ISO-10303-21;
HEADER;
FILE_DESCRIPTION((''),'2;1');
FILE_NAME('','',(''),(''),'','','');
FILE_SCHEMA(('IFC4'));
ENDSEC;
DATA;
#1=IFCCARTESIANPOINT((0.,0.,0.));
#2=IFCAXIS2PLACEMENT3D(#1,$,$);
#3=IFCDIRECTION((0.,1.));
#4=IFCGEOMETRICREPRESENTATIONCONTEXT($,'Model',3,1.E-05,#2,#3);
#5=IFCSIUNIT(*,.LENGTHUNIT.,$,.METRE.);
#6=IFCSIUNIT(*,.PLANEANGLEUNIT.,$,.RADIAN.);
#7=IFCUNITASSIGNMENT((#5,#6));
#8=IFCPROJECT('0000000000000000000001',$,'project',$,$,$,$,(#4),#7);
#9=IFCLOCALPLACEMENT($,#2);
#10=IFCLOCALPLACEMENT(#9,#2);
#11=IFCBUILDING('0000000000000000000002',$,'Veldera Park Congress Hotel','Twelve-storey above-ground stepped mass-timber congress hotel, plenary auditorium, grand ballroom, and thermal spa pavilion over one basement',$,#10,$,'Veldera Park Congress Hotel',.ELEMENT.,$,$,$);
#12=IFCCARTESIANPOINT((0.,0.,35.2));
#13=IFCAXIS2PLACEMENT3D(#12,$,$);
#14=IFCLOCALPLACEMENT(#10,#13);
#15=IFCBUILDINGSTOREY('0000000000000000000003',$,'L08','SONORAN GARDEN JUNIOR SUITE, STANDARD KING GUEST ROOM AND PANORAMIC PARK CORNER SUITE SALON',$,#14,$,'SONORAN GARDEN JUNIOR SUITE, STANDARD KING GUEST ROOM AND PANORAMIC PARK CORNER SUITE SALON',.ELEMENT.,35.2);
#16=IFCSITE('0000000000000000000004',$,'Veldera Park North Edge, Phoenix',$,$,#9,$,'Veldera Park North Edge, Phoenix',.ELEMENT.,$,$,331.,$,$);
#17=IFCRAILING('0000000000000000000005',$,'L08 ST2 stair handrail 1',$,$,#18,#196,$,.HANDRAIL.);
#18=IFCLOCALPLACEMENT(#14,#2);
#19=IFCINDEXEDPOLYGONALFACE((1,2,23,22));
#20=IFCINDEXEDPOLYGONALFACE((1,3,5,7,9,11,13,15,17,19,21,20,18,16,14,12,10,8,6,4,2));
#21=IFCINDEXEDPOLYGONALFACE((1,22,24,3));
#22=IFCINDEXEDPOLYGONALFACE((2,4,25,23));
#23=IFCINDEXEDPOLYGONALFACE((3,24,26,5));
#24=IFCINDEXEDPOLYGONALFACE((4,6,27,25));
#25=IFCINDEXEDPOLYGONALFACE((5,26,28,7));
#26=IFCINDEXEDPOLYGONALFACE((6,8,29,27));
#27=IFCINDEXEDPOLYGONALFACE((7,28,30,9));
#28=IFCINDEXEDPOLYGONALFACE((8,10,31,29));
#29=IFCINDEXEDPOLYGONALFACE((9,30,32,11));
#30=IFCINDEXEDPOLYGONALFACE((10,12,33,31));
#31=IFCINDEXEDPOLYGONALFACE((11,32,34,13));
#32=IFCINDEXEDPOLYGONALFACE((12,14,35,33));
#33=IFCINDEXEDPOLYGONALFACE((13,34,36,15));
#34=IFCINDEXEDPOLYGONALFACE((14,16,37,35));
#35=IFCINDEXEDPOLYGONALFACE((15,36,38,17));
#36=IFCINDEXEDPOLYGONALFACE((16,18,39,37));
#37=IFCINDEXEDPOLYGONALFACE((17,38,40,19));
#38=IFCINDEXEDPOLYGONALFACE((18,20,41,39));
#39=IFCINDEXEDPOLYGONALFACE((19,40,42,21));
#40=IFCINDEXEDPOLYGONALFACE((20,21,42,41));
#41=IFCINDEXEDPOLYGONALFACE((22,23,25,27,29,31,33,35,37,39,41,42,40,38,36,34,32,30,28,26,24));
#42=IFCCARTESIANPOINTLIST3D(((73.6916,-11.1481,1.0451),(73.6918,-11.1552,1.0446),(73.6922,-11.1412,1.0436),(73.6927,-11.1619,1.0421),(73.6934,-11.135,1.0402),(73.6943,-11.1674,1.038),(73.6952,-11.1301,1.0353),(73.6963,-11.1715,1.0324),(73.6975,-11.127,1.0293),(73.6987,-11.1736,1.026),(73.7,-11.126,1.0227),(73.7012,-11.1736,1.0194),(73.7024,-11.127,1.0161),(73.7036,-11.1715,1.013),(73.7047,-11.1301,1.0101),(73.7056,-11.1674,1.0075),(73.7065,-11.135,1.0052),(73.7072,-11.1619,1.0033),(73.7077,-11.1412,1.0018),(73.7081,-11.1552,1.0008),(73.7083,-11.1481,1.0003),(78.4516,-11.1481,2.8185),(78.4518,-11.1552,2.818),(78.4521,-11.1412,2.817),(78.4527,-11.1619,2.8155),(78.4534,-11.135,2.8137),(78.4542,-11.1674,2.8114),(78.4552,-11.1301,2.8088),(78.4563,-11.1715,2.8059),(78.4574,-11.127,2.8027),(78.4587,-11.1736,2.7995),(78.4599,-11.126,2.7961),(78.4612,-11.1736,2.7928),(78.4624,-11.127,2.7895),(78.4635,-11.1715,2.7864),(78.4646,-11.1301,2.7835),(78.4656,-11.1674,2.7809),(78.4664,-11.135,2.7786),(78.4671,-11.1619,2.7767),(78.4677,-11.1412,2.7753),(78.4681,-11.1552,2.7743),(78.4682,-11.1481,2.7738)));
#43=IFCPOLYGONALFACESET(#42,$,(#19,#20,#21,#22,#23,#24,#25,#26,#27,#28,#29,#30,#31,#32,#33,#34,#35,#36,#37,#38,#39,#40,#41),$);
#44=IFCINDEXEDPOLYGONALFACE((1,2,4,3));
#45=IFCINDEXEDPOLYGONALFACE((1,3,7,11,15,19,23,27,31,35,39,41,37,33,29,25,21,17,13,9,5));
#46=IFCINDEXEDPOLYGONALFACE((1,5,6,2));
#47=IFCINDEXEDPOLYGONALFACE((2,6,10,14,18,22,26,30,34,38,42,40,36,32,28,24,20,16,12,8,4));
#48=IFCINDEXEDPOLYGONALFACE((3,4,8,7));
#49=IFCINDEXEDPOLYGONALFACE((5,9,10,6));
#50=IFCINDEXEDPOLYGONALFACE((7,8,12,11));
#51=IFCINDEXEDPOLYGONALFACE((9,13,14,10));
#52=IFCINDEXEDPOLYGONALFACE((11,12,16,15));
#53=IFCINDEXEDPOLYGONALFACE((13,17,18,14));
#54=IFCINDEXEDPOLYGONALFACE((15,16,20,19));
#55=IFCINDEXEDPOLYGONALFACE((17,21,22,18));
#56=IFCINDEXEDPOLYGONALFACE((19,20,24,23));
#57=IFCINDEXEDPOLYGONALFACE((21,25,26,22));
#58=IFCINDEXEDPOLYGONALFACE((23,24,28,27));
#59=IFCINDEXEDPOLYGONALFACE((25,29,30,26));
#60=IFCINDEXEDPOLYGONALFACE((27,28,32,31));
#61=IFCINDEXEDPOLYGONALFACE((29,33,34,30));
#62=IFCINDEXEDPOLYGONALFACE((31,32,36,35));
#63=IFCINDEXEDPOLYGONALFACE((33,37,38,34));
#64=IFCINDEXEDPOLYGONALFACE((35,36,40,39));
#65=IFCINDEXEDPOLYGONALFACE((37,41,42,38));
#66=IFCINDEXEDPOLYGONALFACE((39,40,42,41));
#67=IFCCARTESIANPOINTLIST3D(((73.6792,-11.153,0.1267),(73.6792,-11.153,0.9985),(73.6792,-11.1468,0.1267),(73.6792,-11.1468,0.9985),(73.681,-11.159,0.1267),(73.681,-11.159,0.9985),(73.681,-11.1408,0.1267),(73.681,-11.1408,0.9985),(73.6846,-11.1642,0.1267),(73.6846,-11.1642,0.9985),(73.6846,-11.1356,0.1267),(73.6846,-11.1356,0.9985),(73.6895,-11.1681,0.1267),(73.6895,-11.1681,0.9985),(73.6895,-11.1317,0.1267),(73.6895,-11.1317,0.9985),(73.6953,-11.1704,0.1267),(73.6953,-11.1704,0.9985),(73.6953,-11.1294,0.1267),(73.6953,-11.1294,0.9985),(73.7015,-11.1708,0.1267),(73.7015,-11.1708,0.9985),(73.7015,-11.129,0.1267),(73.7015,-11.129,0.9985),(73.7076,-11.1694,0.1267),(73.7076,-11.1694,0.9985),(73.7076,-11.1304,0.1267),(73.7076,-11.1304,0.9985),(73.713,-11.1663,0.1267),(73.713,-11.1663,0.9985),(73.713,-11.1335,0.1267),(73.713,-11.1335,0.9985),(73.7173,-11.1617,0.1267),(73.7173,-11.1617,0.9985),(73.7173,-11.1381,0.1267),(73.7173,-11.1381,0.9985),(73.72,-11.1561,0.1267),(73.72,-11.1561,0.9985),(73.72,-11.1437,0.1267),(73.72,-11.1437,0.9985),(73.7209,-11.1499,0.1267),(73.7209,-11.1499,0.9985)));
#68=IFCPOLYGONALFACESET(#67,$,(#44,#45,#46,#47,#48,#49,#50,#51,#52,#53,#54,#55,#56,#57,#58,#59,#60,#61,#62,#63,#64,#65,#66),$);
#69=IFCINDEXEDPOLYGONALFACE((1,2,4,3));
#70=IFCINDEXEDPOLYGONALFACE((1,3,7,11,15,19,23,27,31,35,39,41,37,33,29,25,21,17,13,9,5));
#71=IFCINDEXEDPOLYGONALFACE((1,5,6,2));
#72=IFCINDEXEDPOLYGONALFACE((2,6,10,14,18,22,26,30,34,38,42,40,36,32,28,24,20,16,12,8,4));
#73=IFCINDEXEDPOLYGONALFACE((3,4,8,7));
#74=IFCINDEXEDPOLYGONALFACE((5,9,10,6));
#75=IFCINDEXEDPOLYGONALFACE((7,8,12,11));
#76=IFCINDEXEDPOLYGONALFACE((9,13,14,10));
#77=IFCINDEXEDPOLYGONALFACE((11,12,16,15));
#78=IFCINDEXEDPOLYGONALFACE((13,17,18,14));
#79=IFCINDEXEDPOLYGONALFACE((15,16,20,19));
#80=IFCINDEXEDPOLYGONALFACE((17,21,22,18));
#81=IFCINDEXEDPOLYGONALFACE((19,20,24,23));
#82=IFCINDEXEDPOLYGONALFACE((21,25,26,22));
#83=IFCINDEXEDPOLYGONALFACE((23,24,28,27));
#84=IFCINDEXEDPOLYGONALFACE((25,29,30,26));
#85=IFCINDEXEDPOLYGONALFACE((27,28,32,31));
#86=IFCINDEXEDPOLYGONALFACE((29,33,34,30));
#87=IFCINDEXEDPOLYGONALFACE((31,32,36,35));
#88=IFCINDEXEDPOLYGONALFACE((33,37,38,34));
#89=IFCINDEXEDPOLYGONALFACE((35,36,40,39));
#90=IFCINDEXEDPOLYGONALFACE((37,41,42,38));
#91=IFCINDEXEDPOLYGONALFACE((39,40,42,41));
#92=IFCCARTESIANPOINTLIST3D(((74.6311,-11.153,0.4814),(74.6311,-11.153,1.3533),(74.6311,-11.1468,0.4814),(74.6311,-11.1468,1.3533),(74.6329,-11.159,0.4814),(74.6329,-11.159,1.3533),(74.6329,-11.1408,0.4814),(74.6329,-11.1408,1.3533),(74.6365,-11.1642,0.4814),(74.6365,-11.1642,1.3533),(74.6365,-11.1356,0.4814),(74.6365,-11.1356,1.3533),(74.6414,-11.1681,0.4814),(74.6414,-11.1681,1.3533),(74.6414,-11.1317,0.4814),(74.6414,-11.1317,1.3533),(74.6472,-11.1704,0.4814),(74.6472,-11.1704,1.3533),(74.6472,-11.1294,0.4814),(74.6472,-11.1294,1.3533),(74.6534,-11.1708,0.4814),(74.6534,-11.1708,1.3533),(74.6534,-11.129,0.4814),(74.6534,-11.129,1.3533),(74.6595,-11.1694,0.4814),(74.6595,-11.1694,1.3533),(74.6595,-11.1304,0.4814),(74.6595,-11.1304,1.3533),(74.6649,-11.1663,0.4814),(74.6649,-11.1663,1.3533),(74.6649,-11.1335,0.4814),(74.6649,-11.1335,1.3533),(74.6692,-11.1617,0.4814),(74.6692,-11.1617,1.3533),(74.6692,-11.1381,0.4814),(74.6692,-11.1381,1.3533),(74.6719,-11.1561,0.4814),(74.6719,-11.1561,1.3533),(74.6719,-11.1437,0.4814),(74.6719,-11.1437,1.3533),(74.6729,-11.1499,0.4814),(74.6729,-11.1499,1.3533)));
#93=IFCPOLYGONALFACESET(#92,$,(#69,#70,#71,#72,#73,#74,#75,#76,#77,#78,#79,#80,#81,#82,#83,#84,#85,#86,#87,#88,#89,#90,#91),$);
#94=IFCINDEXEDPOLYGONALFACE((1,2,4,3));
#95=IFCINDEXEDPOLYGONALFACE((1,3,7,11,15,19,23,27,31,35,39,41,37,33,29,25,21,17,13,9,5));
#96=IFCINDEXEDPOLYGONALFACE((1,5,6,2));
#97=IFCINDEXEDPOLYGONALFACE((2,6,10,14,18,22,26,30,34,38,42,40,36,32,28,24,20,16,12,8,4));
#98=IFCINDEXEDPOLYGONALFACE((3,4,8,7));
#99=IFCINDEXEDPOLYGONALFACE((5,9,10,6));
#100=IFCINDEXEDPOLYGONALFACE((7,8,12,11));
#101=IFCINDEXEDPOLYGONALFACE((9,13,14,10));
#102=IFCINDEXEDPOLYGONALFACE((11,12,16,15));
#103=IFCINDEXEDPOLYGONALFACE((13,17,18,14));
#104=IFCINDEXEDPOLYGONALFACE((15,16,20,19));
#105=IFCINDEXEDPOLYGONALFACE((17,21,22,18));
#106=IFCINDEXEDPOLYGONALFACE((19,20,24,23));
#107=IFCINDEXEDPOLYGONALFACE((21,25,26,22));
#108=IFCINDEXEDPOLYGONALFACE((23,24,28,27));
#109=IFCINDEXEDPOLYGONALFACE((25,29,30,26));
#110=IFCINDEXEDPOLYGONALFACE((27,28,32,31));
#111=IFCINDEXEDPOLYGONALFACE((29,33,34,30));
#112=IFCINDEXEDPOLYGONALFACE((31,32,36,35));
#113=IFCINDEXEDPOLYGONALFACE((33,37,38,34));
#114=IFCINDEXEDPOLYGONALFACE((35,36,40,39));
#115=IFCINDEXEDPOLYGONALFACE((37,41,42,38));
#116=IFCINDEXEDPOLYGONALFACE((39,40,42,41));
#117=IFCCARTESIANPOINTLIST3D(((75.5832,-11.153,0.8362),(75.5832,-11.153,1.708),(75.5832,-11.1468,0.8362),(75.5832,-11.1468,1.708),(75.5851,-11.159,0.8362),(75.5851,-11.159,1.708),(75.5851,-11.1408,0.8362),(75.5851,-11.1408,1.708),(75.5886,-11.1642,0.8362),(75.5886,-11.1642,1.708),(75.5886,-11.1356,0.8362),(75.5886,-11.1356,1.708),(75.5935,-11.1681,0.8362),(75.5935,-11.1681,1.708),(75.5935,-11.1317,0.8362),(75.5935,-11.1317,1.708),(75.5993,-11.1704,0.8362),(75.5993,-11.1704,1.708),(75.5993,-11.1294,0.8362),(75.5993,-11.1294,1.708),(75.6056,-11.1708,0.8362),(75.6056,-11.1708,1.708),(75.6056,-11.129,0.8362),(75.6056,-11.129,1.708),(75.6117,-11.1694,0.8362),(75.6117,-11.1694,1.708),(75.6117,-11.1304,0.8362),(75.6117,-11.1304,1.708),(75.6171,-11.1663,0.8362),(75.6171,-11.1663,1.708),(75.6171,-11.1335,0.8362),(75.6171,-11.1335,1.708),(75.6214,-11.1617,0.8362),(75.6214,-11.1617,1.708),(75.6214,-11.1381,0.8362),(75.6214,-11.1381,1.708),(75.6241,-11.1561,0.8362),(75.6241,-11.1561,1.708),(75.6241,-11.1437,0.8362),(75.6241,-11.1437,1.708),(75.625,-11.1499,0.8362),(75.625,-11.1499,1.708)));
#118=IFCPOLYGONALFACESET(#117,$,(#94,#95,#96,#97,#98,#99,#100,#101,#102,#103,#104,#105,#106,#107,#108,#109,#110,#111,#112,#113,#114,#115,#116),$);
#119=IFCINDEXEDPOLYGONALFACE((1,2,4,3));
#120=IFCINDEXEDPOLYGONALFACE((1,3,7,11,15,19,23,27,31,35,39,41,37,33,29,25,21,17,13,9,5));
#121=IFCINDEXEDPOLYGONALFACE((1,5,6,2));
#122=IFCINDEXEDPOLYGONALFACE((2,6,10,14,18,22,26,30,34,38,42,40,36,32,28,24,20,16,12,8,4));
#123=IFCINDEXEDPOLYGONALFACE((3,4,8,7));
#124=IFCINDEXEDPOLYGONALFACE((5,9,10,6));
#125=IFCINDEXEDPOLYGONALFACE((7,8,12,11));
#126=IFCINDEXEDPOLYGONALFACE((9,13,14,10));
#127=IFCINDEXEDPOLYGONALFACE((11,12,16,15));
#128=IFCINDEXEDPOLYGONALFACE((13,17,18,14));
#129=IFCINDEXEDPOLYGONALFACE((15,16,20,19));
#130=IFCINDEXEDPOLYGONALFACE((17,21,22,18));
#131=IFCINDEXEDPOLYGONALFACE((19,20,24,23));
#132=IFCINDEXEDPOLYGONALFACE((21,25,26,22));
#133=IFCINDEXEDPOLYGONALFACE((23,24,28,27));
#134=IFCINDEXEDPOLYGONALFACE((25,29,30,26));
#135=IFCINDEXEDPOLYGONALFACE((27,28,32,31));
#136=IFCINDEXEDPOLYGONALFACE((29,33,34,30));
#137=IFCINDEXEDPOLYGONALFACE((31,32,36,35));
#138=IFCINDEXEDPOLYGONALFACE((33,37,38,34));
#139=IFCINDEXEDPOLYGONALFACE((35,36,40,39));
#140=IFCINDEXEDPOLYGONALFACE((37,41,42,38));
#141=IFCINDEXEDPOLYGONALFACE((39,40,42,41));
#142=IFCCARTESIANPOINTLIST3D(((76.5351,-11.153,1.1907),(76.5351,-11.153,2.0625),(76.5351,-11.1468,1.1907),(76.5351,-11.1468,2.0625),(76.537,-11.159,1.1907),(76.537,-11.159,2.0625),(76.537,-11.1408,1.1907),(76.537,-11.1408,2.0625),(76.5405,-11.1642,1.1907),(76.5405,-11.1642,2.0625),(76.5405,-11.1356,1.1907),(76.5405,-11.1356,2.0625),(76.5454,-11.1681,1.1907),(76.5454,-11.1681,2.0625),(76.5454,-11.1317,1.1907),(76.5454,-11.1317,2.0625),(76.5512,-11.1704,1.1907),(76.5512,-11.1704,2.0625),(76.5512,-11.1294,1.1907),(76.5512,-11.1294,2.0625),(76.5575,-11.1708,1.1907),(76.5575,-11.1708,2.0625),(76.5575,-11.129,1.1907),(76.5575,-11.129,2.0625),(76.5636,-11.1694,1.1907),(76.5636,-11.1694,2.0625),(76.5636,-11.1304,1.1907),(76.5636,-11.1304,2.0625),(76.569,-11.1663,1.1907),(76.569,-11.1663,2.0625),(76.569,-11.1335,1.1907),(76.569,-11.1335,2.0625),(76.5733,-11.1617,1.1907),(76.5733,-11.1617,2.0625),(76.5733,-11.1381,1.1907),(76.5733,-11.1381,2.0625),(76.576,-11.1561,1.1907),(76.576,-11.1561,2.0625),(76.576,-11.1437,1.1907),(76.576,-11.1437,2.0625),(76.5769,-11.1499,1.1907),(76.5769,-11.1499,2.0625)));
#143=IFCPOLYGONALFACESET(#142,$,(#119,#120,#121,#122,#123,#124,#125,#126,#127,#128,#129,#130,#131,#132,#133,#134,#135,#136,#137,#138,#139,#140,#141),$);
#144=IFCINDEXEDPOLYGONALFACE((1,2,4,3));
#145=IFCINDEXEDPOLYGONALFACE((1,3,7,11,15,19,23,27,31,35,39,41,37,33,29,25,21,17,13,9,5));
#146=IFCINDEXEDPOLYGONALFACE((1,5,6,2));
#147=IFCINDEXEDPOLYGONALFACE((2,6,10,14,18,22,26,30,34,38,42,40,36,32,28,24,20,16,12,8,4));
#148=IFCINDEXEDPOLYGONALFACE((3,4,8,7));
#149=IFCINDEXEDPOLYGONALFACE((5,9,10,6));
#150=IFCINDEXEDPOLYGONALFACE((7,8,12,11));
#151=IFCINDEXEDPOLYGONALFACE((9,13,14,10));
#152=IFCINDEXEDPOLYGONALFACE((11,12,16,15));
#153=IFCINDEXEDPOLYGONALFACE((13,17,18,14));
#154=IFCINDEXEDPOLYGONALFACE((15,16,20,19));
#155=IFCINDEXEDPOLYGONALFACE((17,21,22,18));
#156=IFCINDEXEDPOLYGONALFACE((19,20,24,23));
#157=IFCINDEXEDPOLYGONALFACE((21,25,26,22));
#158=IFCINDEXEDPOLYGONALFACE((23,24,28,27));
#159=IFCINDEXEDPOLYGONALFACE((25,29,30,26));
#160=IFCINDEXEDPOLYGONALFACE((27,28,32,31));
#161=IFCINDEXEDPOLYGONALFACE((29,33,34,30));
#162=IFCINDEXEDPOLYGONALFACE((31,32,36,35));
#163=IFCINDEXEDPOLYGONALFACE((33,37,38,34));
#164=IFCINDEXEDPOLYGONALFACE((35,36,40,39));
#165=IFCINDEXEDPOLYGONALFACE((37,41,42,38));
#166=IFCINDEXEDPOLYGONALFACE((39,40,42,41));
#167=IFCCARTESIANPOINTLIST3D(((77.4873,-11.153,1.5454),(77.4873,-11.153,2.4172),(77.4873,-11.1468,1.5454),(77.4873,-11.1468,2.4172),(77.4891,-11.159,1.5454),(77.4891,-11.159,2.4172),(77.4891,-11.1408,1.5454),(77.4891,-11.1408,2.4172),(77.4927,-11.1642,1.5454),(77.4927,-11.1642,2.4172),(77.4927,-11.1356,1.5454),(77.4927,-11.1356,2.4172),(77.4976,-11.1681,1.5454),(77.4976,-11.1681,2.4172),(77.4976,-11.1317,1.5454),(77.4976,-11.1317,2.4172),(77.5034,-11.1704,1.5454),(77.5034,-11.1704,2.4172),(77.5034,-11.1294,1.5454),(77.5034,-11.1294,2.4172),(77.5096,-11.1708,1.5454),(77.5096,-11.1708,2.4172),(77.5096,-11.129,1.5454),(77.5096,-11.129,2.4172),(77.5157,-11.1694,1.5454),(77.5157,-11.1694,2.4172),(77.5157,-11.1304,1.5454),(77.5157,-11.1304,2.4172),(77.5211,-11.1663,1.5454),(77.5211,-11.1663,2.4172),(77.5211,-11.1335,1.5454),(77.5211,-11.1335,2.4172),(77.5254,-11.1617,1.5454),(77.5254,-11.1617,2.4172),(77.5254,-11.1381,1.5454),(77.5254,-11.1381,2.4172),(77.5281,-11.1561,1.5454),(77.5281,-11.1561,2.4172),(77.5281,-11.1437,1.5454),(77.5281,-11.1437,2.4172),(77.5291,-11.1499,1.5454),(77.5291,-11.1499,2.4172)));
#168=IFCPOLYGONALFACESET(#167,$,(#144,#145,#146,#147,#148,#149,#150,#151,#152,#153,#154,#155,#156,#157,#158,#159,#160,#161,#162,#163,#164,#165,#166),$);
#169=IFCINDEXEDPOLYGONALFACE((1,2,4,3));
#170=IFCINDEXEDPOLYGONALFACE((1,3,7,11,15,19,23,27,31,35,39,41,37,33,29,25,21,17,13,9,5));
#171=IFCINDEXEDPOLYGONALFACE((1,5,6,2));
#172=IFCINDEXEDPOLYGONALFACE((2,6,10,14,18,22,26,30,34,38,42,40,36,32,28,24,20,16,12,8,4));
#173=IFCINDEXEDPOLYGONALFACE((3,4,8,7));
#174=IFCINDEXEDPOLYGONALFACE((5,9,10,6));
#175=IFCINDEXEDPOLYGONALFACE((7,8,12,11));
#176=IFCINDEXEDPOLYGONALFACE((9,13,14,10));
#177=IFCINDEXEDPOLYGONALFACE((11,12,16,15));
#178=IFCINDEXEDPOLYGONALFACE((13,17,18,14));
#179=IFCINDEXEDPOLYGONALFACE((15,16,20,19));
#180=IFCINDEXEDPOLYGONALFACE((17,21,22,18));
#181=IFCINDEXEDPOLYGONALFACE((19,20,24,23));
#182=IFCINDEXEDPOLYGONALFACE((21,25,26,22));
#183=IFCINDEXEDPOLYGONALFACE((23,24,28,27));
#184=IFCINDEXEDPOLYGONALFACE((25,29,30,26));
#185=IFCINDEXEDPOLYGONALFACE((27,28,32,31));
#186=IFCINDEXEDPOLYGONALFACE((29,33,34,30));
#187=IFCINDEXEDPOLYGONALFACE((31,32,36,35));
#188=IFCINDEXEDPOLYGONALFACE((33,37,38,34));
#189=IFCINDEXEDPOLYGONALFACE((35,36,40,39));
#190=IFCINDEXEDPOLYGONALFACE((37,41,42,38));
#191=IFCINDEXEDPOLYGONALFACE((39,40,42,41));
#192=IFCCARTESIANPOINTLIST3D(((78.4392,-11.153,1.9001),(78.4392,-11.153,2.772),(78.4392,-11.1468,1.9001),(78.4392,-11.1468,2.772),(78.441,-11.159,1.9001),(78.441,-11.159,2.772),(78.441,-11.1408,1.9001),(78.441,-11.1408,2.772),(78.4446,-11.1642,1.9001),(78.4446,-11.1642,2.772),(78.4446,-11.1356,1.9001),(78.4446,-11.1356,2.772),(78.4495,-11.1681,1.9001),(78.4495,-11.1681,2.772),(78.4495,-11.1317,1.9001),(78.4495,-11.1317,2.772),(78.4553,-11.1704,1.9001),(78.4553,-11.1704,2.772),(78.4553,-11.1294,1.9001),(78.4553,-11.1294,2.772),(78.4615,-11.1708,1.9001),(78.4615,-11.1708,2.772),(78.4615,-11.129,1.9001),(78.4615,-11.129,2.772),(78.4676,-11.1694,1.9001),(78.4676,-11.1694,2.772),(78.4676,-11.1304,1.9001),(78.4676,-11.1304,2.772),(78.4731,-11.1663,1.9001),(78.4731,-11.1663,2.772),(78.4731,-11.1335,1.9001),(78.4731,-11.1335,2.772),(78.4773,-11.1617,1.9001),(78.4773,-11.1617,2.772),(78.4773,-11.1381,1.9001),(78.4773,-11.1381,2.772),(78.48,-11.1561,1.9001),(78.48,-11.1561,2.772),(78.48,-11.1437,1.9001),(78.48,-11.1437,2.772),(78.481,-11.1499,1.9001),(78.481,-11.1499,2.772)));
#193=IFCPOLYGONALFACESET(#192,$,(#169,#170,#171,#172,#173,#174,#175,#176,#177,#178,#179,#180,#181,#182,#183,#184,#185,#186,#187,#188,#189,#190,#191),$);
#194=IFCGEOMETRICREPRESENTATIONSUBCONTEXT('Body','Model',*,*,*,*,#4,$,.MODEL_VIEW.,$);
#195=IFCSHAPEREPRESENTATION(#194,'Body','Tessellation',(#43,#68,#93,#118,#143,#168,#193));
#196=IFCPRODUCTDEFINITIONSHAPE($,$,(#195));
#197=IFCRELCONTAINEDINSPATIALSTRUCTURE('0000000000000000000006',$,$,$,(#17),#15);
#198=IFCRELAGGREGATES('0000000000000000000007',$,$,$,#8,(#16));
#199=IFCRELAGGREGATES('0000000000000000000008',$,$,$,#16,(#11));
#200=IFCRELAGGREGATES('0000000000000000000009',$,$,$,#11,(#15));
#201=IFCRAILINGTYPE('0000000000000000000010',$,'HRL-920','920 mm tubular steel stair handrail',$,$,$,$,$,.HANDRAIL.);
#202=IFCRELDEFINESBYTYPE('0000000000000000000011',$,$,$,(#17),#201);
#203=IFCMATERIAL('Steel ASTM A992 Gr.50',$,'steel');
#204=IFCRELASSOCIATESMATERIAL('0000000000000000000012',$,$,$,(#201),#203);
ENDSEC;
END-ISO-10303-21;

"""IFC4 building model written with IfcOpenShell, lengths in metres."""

from ifc_helpers import new_model, si_unit, direction, frame, origin, origin_2d, place, context, subcontext, project, spatial, circle, extrude, material, type_object, element, save


model = new_model("IFC4")

# Units and contexts
model_context = context("Model", 3, precision=1e-05, world=origin(), true_north=direction((0.0, 1.0)))
body_context = subcontext(model_context, "Body", "Model", "MODEL_VIEW")
ifc_project = project(units=[si_unit("LENGTHUNIT", "METRE"), si_unit("PLANEANGLEUNIT", "RADIAN")], contexts=[model_context])

# Site, building, storey
site_placement = place(None, origin())
site = spatial("IfcSite", under=ifc_project, at=site_placement, Name="Veldera Park North Edge, Phoenix", LongName="Veldera Park North Edge, Phoenix", CompositionType="ELEMENT", RefElevation=331.0)
building_placement = place(site_placement, origin())
building = spatial("IfcBuilding", under=site, at=building_placement, Name="Veldera Park Congress Hotel", Description="Twelve-storey above-ground stepped mass-timber congress hotel, plenary auditorium, grand ballroom, and thermal spa pavilion over one basement", LongName="Veldera Park Congress Hotel", CompositionType="ELEMENT")
storey_placement = place(building_placement, frame((0.0, 0.0, 35.2)))
storey = spatial("IfcBuildingStorey", under=building, at=storey_placement, Name="L08", Description="SONORAN GARDEN JUNIOR SUITE, STANDARD KING GUEST ROOM AND PANORAMIC PARK CORNER SUITE SALON", LongName="SONORAN GARDEN JUNIOR SUITE, STANDARD KING GUEST ROOM AND PANORAMIC PARK CORNER SUITE SALON", CompositionType="ELEMENT", Elevation=35.2)

# Railing
ifc_material_1 = material(Name="Steel ASTM A992 Gr.50", Category="steel")
railing_type_1 = type_object("IfcRailingType", Name="HRL-920", Description="920 mm tubular steel stair handrail", PredefinedType="HANDRAIL", material=ifc_material_1)
railing_1_placement = place(storey_placement, frame((73.7, -11.1499, 0.1267)))
element("IfcRailing", 1, at=railing_1_placement, inside=storey, type_object=railing_type_1, Name="L08 ST2 stair handrail 1", PredefinedType="HANDRAIL", context=body_context, shape_type="SweptSolid", body=[
    extrude(circle(Radius=0.0239, at=origin_2d()), frame((0.0, 0.0, 0.896), z_axis=(0.937076, 0.0, 0.349126), x_axis=(0.0, 1.0, 0.0)), (0.0, 0.0, 1.0), 5.0796),
    extrude(circle(Radius=0.021, at=origin_2d()), origin(), (0.0, 0.0, 1.0), 0.8718),
    extrude(circle(Radius=0.021, at=origin_2d()), frame((0.9519, 0.0, 0.3547)), (0.0, 0.0, 1.0), 0.8718),
    extrude(circle(Radius=0.021, at=origin_2d()), frame((1.9041, 0.0, 0.7095)), (0.0, 0.0, 1.0), 0.8718),
    extrude(circle(Radius=0.021, at=origin_2d()), frame((2.856, 0.0, 1.064)), (0.0, 0.0, 1.0), 0.8718),
    extrude(circle(Radius=0.021, at=origin_2d()), frame((3.8081, 0.0, 1.4187)), (0.0, 0.0, 1.0), 0.8718),
    extrude(circle(Radius=0.021, at=origin_2d()), frame((4.76, 0.0, 1.7734)), (0.0, 0.0, 1.0), 0.8718),
])

save(model, "model.ifc")
